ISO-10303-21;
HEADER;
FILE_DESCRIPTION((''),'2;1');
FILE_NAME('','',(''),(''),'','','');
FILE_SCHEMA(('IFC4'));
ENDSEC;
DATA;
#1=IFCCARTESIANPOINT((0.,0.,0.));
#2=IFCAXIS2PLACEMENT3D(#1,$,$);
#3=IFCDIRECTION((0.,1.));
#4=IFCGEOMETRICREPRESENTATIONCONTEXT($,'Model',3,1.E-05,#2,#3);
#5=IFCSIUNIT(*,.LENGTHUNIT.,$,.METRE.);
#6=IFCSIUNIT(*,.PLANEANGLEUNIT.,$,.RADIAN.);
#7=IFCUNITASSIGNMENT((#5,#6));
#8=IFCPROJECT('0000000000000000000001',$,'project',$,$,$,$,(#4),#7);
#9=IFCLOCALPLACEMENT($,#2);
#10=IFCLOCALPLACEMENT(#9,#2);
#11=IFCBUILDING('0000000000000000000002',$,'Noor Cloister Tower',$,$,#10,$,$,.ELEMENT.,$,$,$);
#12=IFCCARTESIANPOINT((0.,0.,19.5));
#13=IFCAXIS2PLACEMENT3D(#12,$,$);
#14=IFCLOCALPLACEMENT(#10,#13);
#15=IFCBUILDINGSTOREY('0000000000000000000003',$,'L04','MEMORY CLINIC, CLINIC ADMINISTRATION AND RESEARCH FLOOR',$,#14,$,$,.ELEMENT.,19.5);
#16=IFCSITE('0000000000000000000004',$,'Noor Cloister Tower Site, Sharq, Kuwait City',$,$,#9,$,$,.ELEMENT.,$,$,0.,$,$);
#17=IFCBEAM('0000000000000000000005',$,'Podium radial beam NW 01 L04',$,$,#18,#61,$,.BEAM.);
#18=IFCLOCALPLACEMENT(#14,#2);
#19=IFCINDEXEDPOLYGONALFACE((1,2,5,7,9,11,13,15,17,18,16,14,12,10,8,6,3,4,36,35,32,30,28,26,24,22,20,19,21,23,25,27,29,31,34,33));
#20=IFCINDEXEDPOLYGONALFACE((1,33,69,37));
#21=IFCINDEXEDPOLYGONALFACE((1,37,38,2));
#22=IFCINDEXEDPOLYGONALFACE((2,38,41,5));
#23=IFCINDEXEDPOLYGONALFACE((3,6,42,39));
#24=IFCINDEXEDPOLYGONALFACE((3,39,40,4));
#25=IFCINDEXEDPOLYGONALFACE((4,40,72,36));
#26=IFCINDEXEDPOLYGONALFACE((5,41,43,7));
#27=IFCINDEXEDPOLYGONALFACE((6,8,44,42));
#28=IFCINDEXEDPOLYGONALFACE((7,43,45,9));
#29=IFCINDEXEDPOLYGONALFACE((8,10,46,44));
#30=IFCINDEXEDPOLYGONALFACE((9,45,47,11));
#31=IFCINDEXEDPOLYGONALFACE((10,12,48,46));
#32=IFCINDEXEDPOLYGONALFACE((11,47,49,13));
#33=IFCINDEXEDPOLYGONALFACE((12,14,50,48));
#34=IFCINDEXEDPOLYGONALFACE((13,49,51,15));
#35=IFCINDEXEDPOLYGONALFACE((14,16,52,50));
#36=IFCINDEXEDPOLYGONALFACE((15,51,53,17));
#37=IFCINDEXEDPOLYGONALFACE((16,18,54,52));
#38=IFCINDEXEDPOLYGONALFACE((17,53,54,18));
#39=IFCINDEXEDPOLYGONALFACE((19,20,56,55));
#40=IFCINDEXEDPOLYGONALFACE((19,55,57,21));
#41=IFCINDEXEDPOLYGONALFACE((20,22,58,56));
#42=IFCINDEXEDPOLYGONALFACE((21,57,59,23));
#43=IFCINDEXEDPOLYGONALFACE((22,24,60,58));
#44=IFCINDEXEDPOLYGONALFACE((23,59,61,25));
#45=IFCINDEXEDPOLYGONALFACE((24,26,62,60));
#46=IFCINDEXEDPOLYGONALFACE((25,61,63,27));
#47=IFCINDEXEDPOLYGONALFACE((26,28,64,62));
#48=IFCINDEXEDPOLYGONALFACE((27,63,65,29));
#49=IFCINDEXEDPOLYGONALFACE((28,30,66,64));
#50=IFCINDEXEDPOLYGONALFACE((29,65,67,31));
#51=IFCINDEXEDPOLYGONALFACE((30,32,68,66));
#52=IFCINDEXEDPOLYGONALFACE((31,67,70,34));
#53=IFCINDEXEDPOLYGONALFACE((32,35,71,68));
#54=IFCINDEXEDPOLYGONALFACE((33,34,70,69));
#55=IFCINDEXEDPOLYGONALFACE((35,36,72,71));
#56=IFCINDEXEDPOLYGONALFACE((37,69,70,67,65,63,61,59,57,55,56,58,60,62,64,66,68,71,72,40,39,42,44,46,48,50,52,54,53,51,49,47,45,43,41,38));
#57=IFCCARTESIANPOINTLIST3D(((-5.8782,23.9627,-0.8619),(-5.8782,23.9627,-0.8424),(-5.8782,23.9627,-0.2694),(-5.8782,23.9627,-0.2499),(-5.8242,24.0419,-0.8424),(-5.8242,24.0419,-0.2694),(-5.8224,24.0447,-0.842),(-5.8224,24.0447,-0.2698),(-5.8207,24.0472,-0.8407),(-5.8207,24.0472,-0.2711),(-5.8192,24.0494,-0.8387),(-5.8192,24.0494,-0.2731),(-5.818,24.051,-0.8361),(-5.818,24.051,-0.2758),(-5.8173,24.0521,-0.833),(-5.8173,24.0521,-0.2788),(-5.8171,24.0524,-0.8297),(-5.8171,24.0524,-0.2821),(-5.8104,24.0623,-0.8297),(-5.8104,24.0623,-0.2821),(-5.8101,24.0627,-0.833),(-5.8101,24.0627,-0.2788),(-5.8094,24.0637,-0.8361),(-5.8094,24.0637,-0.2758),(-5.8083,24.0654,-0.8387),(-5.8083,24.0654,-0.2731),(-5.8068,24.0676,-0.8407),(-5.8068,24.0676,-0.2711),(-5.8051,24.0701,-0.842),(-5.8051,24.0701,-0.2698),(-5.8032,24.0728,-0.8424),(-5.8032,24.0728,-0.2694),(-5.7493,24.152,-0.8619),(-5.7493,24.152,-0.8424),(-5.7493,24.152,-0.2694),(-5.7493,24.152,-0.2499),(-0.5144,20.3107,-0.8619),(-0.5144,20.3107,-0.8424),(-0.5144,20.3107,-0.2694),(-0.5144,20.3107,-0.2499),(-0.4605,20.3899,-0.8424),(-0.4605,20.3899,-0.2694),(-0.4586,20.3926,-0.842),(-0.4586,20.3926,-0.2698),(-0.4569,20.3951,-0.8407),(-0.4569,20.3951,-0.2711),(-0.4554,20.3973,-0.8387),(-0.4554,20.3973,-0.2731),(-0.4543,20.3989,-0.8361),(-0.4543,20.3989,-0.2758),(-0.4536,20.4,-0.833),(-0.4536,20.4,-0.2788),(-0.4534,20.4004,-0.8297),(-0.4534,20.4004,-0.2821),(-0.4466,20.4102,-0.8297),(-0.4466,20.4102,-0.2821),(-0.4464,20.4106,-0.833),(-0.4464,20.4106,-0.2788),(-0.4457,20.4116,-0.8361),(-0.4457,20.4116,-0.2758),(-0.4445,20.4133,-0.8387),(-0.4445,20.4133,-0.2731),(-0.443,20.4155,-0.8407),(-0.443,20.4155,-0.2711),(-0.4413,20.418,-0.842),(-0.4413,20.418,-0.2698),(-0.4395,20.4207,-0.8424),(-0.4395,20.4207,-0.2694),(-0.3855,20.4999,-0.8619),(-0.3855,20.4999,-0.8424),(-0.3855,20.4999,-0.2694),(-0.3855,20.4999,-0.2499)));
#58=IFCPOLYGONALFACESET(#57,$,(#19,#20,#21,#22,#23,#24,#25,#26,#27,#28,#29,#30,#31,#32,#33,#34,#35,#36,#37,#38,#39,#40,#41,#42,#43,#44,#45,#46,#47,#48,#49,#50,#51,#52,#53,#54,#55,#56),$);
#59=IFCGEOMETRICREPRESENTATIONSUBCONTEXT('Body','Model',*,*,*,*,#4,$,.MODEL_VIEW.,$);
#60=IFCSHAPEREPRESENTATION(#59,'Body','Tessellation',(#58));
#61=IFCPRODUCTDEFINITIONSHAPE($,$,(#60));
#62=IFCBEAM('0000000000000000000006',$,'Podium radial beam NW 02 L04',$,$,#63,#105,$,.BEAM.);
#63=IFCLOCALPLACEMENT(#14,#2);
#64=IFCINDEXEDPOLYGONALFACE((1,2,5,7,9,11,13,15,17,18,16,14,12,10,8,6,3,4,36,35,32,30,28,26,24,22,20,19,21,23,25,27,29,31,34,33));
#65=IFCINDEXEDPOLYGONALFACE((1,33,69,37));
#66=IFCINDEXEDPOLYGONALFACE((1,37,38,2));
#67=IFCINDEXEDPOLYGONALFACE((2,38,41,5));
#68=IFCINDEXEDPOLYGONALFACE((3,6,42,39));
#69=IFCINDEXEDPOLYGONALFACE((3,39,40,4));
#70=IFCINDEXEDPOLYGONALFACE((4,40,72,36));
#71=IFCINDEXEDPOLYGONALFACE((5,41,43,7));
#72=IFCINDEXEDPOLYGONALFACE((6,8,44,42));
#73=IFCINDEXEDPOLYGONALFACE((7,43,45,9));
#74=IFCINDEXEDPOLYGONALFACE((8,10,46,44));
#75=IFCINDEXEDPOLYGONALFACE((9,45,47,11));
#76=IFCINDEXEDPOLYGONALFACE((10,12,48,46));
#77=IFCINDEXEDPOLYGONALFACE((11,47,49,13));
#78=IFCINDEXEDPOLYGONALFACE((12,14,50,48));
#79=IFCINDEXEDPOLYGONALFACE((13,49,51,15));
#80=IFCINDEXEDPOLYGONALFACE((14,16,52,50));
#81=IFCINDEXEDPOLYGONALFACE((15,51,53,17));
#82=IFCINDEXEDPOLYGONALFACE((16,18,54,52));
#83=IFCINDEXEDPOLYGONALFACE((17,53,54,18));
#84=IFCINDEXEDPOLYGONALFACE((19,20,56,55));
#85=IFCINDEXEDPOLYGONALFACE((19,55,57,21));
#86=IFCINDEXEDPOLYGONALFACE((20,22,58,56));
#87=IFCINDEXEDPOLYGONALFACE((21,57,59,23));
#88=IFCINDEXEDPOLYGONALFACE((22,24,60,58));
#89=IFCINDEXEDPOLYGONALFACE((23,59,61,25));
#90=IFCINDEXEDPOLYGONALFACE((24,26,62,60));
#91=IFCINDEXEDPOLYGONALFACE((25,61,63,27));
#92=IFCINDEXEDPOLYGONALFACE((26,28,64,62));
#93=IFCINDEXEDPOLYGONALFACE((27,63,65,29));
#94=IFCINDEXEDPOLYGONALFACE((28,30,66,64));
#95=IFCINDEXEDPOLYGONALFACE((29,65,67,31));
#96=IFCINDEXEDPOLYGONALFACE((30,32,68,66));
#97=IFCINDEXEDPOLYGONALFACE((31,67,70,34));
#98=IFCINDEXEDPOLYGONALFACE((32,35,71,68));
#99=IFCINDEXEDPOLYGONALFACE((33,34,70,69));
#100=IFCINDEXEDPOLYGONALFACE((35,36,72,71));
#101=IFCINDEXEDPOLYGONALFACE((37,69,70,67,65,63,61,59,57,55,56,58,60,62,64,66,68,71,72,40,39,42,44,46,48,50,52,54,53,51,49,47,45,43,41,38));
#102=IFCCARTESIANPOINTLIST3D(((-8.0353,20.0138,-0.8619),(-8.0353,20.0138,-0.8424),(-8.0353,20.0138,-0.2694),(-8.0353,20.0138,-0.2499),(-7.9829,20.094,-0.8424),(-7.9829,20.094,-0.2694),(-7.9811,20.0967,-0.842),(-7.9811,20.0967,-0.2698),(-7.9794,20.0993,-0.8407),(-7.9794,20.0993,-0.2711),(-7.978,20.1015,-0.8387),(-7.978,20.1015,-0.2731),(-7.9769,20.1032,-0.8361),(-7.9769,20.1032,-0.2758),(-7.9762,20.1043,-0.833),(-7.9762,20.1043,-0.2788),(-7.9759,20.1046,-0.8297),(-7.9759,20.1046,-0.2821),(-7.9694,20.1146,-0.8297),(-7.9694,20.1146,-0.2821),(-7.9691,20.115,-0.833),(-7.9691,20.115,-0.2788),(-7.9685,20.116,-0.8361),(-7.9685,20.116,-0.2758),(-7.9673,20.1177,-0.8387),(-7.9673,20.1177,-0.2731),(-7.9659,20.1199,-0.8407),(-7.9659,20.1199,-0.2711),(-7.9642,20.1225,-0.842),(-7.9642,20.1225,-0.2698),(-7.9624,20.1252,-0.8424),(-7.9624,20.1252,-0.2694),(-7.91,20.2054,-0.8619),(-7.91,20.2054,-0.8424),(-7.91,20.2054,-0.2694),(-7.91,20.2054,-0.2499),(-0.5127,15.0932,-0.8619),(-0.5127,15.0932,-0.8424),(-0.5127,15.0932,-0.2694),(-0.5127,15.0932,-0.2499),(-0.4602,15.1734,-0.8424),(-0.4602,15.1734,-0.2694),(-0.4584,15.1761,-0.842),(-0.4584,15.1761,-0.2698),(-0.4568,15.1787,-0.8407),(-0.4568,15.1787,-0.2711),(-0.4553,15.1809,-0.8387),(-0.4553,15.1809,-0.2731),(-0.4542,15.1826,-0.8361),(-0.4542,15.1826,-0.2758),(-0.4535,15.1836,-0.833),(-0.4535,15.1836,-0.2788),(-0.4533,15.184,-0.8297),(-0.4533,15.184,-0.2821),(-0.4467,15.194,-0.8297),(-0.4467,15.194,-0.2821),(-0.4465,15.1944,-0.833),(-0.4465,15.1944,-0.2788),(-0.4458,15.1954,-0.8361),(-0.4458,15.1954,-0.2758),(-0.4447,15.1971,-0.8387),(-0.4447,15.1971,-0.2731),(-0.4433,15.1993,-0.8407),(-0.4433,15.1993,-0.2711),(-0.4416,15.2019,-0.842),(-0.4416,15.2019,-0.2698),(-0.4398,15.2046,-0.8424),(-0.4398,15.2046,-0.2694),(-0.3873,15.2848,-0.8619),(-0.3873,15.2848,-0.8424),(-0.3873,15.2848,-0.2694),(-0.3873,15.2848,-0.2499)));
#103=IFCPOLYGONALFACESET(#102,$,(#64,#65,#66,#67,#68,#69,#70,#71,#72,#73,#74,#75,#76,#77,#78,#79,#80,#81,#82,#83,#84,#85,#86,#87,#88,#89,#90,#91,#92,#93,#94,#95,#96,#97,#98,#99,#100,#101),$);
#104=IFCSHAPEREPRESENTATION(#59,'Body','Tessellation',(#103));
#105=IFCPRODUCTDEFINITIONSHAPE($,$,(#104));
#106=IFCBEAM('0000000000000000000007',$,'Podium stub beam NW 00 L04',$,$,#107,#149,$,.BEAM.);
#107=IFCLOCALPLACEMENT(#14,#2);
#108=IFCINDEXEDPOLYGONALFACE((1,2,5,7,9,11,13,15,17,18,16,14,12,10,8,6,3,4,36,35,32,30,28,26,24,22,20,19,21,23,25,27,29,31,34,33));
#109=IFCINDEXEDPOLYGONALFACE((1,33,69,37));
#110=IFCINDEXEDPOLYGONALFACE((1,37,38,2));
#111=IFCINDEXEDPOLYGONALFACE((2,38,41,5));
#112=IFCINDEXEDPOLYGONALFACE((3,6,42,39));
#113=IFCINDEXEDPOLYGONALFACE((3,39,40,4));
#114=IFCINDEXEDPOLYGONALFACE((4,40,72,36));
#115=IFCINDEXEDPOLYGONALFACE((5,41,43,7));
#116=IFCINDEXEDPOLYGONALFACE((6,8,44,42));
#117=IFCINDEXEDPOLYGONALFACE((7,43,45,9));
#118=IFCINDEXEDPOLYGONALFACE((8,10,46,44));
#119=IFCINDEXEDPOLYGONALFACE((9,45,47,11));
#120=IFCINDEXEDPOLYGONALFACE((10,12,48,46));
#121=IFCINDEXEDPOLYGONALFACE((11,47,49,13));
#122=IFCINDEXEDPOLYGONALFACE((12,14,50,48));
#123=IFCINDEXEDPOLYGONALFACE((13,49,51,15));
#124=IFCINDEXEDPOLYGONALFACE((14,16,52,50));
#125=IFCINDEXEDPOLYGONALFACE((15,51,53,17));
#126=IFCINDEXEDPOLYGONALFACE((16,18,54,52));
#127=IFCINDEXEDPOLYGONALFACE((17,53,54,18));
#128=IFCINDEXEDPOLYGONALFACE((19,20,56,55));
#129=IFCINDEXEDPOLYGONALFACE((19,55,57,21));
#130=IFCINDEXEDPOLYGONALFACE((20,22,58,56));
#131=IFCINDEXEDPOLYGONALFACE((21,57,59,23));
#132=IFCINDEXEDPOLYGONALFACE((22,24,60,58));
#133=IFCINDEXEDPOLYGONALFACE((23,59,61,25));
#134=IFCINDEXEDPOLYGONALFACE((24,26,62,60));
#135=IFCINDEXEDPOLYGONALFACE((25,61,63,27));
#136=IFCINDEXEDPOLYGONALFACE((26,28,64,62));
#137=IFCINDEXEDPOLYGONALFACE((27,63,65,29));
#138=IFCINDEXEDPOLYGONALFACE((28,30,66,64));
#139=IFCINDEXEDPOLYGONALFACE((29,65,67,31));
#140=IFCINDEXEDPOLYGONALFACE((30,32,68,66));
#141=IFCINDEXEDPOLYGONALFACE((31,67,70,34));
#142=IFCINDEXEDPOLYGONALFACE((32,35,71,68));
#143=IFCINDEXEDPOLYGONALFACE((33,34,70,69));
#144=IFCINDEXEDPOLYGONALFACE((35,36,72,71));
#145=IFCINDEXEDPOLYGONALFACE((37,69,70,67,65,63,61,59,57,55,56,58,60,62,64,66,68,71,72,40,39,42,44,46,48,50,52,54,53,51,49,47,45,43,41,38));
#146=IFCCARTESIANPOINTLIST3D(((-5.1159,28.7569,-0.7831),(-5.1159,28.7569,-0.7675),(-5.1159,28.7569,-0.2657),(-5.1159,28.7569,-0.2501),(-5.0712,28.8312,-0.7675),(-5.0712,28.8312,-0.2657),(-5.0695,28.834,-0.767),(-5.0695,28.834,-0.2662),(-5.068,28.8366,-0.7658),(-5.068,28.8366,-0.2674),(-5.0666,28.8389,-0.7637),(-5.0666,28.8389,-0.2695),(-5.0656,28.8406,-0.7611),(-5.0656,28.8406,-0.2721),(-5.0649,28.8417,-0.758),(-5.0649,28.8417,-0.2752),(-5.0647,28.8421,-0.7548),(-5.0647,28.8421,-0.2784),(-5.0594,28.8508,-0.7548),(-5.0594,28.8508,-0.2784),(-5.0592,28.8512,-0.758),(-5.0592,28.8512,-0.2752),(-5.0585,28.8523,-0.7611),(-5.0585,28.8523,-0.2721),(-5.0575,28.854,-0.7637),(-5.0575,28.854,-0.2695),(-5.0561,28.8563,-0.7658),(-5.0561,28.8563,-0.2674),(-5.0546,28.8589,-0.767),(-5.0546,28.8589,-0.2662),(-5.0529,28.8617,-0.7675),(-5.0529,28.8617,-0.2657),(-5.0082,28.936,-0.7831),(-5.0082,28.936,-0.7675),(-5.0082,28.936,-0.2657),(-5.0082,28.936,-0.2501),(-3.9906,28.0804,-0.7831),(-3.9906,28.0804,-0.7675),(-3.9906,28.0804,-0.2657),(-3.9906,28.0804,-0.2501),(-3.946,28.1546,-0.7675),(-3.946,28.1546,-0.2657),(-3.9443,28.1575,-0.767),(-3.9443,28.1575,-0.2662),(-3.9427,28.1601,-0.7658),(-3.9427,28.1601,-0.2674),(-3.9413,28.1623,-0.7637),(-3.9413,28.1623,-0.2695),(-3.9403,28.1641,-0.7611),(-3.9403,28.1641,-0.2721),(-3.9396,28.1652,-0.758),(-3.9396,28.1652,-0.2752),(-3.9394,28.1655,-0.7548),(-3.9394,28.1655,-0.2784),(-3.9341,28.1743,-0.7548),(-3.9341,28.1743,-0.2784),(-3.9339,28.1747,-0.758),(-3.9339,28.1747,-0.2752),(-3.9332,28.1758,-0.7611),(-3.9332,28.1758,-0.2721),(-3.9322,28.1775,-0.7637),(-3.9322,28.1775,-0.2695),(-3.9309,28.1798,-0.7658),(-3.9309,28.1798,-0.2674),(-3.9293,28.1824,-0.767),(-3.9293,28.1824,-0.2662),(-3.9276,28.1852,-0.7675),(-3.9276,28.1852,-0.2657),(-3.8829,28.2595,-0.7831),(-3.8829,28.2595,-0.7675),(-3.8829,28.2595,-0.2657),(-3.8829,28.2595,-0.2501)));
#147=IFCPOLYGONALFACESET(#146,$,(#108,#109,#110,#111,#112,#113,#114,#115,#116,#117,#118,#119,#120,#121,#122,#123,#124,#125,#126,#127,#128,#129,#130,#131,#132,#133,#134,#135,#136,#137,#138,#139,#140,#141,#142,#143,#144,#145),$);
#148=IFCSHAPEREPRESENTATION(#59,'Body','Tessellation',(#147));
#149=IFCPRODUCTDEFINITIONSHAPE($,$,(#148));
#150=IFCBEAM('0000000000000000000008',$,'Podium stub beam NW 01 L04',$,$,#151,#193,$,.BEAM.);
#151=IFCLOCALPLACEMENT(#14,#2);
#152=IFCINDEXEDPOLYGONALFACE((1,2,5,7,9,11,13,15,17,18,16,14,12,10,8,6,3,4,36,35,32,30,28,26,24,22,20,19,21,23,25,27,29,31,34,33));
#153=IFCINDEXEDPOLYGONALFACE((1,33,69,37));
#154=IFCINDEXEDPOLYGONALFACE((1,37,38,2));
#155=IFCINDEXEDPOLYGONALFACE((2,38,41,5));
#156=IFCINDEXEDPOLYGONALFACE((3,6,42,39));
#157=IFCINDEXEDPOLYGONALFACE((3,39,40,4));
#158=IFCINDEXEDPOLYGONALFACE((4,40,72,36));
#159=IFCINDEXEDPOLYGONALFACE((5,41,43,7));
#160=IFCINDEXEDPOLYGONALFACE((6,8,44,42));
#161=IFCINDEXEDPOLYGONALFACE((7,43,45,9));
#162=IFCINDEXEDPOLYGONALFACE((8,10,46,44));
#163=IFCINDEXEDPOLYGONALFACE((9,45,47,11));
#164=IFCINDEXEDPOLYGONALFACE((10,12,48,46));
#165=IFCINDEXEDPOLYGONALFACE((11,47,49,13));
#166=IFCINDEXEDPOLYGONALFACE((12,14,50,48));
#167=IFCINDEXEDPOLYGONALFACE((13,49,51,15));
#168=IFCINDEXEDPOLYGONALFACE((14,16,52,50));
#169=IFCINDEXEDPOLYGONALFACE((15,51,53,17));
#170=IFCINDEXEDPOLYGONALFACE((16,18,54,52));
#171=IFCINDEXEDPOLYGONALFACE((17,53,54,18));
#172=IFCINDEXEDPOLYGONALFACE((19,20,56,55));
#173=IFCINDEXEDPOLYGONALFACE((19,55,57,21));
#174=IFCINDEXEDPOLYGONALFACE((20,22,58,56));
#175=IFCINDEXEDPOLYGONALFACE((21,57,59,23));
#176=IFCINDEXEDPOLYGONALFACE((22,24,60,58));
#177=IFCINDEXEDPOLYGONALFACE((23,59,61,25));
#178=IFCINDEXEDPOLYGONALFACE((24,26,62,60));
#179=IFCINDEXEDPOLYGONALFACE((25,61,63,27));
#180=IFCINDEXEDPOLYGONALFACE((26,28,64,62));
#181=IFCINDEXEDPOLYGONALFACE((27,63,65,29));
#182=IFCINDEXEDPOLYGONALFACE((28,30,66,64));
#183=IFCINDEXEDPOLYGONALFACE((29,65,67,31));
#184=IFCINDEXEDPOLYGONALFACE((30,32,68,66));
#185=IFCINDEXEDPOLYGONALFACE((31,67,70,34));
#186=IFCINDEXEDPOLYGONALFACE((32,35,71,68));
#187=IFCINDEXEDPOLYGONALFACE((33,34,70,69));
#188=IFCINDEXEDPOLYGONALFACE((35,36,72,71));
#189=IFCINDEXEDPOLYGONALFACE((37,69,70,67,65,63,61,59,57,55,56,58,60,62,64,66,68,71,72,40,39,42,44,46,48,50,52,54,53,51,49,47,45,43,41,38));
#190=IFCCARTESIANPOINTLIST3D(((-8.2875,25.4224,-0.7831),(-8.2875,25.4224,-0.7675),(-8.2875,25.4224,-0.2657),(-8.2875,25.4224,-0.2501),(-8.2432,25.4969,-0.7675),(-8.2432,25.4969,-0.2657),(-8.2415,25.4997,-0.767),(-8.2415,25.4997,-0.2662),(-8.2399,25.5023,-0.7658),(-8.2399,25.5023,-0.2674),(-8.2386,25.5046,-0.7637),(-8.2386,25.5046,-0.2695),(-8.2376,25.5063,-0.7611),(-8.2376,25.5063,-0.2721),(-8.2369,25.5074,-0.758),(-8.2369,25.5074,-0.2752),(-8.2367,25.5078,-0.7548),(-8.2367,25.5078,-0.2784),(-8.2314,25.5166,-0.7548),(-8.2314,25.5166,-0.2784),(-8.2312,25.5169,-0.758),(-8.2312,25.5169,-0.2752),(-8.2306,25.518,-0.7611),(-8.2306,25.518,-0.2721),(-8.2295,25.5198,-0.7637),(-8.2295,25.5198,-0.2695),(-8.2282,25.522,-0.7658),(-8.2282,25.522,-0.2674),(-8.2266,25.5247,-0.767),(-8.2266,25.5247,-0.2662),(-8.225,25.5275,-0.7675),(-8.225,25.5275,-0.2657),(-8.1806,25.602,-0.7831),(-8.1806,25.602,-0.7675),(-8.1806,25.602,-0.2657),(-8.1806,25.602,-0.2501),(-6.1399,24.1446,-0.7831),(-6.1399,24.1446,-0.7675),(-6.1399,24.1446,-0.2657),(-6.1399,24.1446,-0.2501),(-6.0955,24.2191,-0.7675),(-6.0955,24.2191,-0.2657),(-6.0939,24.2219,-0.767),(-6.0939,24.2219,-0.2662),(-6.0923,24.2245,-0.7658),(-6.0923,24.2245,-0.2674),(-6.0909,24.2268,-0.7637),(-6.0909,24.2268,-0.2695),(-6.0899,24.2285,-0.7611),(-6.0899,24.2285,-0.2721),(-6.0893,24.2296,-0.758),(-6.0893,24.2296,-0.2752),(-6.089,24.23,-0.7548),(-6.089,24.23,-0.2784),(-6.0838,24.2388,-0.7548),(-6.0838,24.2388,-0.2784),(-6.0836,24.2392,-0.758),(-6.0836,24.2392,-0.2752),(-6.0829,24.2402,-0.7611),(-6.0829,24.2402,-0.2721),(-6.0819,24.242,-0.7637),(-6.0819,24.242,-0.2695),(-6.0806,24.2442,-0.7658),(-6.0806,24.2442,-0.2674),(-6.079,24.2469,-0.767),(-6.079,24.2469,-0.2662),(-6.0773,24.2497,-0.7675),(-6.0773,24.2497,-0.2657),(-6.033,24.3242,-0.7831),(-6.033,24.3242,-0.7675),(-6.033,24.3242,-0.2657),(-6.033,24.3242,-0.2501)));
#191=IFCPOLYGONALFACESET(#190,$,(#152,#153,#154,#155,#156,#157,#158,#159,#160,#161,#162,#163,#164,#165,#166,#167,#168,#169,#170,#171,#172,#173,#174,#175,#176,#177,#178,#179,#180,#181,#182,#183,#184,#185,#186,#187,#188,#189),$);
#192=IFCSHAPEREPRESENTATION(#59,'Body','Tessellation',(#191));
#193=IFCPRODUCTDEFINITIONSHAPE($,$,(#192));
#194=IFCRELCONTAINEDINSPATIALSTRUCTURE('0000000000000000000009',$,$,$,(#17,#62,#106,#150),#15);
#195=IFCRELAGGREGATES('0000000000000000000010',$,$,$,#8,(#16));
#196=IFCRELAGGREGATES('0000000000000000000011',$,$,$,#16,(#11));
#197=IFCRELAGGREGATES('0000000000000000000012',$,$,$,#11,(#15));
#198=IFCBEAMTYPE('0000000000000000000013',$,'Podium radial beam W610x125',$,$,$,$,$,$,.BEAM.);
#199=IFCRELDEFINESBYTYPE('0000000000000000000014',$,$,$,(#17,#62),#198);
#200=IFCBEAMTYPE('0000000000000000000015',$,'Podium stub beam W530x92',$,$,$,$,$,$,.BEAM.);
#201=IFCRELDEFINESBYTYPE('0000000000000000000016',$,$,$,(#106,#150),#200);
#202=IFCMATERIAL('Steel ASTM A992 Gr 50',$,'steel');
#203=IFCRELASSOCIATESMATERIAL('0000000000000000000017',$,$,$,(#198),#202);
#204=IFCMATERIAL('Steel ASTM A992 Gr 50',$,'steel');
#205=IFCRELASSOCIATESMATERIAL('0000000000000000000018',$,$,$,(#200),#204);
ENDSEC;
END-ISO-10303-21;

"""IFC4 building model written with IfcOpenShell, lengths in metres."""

from ifc_helpers import new_model, si_unit, direction, frame, origin, origin_2d, place, context, subcontext, project, spatial, i_section, extrude, material, material_profile, profile_set, type_object, element, save


model = new_model("IFC4")

# Units and contexts
model_context = context("Model", 3, precision=1e-05, world=origin(), true_north=direction((0.0, 1.0)))
body_context = subcontext(model_context, "Body", "Model", "MODEL_VIEW")
ifc_project = project(units=[si_unit("LENGTHUNIT", "METRE"), si_unit("PLANEANGLEUNIT", "RADIAN")], contexts=[model_context])

# Site, building, storey
site_placement = place(None, origin())
site = spatial("IfcSite", under=ifc_project, at=site_placement, Name="Noor Cloister Tower Site, Sharq, Kuwait City", CompositionType="ELEMENT", RefElevation=0.0)
building_placement = place(site_placement, origin())
building = spatial("IfcBuilding", under=site, at=building_placement, Name="Noor Cloister Tower", CompositionType="ELEMENT")
storey_placement = place(building_placement, frame((0.0, 0.0, 19.5)))
storey = spatial("IfcBuildingStorey", under=building, at=storey_placement, Name="L04", Description="MEMORY CLINIC, CLINIC ADMINISTRATION AND RESEARCH FLOOR", CompositionType="ELEMENT", Elevation=19.5)

# Beams
ifc_material_1 = material(Name="Steel ASTM A992 Gr 50", Category="steel")
ifc_material_profile_1 = material_profile(ifc_material_1, i_section(OverallWidth=0.229, OverallDepth=0.6121, WebThickness=0.012, FlangeThickness=0.0195, FilletRadius=0.0127, at=origin_2d()), Name="W610x125")
ifc_profile_set_1 = profile_set([ifc_material_profile_1], Name="Steel ASTM A992 Gr 50")
beam_type_1 = type_object("IfcBeamType", Name="Podium radial beam W610x125", PredefinedType="BEAM", material=ifc_profile_set_1)
beam_1_placement = place(storey_placement, frame((-5.8137, 24.0574, -0.5559), z_axis=(0.826587, -0.562809, 0.0), x_axis=(0.562809, 0.826587, 0.0)))
element("IfcBeam", 1, at=beam_1_placement, inside=storey, type_object=beam_type_1, Name="Podium radial beam NW 01 L04", PredefinedType="BEAM", context=body_context, shape_type="SweptSolid", body=[
    extrude(i_section(OverallWidth=0.229, OverallDepth=0.6121, WebThickness=0.012, FlangeThickness=0.0195, FilletRadius=0.0127, at=origin_2d()), origin(), (0.0, 0.0, 1.0), 6.489),
])
beam_2_placement = place(storey_placement, frame((-7.9727, 20.1096, -0.5559), z_axis=(0.83687, -0.547402, 0.0), x_axis=(0.547402, 0.83687, 0.0)))
element("IfcBeam", 2, at=beam_2_placement, inside=storey, type_object=beam_type_1, Name="Podium radial beam NW 02 L04", PredefinedType="BEAM", context=body_context, shape_type="SweptSolid", body=[
    extrude(i_section(OverallWidth=0.229, OverallDepth=0.6121, WebThickness=0.012, FlangeThickness=0.0195, FilletRadius=0.0127, at=origin_2d()), origin(), (0.0, 0.0, 1.0), 8.989),
])
ifc_material_2 = material(Name="Steel ASTM A992 Gr 50", Category="steel")
ifc_material_profile_2 = material_profile(ifc_material_2, i_section(OverallWidth=0.209, OverallDepth=0.533, WebThickness=0.0103, FlangeThickness=0.0156, FilletRadius=0.0127, at=origin_2d()), Name="W530x92")
ifc_profile_set_2 = profile_set([ifc_material_profile_2], Name="Steel ASTM A992 Gr 50")
beam_type_2 = type_object("IfcBeamType", Name="Podium stub beam W530x92", PredefinedType="BEAM", material=ifc_profile_set_2)
beam_3_placement = place(storey_placement, frame((-3.9368, 28.1699, -0.5166), z_axis=(-0.857033, 0.515261, 0.0), x_axis=(-0.515261, -0.857033, 0.0)))
element("IfcBeam", 3, at=beam_3_placement, inside=storey, type_object=beam_type_2, Name="Podium stub beam NW 00 L04", PredefinedType="BEAM", context=body_context, shape_type="SweptSolid", body=[
    extrude(i_section(OverallWidth=0.209, OverallDepth=0.533, WebThickness=0.0103, FlangeThickness=0.0156, FilletRadius=0.0127, at=origin_2d()), origin(), (0.0, 0.0, 1.0), 1.313),
])
beam_4_placement = place(storey_placement, frame((-6.0864, 24.2344, -0.5166), z_axis=(-0.859392, 0.511317, 0.0), x_axis=(-0.511317, -0.859392, 0.0)))
element("IfcBeam", 4, at=beam_4_placement, inside=storey, type_object=beam_type_2, Name="Podium stub beam NW 01 L04", PredefinedType="BEAM", context=body_context, shape_type="SweptSolid", body=[
    extrude(i_section(OverallWidth=0.209, OverallDepth=0.533, WebThickness=0.0103, FlangeThickness=0.0156, FilletRadius=0.0127, at=origin_2d()), origin(), (0.0, 0.0, 1.0), 2.499),
])

save(model, "model.ifc")
